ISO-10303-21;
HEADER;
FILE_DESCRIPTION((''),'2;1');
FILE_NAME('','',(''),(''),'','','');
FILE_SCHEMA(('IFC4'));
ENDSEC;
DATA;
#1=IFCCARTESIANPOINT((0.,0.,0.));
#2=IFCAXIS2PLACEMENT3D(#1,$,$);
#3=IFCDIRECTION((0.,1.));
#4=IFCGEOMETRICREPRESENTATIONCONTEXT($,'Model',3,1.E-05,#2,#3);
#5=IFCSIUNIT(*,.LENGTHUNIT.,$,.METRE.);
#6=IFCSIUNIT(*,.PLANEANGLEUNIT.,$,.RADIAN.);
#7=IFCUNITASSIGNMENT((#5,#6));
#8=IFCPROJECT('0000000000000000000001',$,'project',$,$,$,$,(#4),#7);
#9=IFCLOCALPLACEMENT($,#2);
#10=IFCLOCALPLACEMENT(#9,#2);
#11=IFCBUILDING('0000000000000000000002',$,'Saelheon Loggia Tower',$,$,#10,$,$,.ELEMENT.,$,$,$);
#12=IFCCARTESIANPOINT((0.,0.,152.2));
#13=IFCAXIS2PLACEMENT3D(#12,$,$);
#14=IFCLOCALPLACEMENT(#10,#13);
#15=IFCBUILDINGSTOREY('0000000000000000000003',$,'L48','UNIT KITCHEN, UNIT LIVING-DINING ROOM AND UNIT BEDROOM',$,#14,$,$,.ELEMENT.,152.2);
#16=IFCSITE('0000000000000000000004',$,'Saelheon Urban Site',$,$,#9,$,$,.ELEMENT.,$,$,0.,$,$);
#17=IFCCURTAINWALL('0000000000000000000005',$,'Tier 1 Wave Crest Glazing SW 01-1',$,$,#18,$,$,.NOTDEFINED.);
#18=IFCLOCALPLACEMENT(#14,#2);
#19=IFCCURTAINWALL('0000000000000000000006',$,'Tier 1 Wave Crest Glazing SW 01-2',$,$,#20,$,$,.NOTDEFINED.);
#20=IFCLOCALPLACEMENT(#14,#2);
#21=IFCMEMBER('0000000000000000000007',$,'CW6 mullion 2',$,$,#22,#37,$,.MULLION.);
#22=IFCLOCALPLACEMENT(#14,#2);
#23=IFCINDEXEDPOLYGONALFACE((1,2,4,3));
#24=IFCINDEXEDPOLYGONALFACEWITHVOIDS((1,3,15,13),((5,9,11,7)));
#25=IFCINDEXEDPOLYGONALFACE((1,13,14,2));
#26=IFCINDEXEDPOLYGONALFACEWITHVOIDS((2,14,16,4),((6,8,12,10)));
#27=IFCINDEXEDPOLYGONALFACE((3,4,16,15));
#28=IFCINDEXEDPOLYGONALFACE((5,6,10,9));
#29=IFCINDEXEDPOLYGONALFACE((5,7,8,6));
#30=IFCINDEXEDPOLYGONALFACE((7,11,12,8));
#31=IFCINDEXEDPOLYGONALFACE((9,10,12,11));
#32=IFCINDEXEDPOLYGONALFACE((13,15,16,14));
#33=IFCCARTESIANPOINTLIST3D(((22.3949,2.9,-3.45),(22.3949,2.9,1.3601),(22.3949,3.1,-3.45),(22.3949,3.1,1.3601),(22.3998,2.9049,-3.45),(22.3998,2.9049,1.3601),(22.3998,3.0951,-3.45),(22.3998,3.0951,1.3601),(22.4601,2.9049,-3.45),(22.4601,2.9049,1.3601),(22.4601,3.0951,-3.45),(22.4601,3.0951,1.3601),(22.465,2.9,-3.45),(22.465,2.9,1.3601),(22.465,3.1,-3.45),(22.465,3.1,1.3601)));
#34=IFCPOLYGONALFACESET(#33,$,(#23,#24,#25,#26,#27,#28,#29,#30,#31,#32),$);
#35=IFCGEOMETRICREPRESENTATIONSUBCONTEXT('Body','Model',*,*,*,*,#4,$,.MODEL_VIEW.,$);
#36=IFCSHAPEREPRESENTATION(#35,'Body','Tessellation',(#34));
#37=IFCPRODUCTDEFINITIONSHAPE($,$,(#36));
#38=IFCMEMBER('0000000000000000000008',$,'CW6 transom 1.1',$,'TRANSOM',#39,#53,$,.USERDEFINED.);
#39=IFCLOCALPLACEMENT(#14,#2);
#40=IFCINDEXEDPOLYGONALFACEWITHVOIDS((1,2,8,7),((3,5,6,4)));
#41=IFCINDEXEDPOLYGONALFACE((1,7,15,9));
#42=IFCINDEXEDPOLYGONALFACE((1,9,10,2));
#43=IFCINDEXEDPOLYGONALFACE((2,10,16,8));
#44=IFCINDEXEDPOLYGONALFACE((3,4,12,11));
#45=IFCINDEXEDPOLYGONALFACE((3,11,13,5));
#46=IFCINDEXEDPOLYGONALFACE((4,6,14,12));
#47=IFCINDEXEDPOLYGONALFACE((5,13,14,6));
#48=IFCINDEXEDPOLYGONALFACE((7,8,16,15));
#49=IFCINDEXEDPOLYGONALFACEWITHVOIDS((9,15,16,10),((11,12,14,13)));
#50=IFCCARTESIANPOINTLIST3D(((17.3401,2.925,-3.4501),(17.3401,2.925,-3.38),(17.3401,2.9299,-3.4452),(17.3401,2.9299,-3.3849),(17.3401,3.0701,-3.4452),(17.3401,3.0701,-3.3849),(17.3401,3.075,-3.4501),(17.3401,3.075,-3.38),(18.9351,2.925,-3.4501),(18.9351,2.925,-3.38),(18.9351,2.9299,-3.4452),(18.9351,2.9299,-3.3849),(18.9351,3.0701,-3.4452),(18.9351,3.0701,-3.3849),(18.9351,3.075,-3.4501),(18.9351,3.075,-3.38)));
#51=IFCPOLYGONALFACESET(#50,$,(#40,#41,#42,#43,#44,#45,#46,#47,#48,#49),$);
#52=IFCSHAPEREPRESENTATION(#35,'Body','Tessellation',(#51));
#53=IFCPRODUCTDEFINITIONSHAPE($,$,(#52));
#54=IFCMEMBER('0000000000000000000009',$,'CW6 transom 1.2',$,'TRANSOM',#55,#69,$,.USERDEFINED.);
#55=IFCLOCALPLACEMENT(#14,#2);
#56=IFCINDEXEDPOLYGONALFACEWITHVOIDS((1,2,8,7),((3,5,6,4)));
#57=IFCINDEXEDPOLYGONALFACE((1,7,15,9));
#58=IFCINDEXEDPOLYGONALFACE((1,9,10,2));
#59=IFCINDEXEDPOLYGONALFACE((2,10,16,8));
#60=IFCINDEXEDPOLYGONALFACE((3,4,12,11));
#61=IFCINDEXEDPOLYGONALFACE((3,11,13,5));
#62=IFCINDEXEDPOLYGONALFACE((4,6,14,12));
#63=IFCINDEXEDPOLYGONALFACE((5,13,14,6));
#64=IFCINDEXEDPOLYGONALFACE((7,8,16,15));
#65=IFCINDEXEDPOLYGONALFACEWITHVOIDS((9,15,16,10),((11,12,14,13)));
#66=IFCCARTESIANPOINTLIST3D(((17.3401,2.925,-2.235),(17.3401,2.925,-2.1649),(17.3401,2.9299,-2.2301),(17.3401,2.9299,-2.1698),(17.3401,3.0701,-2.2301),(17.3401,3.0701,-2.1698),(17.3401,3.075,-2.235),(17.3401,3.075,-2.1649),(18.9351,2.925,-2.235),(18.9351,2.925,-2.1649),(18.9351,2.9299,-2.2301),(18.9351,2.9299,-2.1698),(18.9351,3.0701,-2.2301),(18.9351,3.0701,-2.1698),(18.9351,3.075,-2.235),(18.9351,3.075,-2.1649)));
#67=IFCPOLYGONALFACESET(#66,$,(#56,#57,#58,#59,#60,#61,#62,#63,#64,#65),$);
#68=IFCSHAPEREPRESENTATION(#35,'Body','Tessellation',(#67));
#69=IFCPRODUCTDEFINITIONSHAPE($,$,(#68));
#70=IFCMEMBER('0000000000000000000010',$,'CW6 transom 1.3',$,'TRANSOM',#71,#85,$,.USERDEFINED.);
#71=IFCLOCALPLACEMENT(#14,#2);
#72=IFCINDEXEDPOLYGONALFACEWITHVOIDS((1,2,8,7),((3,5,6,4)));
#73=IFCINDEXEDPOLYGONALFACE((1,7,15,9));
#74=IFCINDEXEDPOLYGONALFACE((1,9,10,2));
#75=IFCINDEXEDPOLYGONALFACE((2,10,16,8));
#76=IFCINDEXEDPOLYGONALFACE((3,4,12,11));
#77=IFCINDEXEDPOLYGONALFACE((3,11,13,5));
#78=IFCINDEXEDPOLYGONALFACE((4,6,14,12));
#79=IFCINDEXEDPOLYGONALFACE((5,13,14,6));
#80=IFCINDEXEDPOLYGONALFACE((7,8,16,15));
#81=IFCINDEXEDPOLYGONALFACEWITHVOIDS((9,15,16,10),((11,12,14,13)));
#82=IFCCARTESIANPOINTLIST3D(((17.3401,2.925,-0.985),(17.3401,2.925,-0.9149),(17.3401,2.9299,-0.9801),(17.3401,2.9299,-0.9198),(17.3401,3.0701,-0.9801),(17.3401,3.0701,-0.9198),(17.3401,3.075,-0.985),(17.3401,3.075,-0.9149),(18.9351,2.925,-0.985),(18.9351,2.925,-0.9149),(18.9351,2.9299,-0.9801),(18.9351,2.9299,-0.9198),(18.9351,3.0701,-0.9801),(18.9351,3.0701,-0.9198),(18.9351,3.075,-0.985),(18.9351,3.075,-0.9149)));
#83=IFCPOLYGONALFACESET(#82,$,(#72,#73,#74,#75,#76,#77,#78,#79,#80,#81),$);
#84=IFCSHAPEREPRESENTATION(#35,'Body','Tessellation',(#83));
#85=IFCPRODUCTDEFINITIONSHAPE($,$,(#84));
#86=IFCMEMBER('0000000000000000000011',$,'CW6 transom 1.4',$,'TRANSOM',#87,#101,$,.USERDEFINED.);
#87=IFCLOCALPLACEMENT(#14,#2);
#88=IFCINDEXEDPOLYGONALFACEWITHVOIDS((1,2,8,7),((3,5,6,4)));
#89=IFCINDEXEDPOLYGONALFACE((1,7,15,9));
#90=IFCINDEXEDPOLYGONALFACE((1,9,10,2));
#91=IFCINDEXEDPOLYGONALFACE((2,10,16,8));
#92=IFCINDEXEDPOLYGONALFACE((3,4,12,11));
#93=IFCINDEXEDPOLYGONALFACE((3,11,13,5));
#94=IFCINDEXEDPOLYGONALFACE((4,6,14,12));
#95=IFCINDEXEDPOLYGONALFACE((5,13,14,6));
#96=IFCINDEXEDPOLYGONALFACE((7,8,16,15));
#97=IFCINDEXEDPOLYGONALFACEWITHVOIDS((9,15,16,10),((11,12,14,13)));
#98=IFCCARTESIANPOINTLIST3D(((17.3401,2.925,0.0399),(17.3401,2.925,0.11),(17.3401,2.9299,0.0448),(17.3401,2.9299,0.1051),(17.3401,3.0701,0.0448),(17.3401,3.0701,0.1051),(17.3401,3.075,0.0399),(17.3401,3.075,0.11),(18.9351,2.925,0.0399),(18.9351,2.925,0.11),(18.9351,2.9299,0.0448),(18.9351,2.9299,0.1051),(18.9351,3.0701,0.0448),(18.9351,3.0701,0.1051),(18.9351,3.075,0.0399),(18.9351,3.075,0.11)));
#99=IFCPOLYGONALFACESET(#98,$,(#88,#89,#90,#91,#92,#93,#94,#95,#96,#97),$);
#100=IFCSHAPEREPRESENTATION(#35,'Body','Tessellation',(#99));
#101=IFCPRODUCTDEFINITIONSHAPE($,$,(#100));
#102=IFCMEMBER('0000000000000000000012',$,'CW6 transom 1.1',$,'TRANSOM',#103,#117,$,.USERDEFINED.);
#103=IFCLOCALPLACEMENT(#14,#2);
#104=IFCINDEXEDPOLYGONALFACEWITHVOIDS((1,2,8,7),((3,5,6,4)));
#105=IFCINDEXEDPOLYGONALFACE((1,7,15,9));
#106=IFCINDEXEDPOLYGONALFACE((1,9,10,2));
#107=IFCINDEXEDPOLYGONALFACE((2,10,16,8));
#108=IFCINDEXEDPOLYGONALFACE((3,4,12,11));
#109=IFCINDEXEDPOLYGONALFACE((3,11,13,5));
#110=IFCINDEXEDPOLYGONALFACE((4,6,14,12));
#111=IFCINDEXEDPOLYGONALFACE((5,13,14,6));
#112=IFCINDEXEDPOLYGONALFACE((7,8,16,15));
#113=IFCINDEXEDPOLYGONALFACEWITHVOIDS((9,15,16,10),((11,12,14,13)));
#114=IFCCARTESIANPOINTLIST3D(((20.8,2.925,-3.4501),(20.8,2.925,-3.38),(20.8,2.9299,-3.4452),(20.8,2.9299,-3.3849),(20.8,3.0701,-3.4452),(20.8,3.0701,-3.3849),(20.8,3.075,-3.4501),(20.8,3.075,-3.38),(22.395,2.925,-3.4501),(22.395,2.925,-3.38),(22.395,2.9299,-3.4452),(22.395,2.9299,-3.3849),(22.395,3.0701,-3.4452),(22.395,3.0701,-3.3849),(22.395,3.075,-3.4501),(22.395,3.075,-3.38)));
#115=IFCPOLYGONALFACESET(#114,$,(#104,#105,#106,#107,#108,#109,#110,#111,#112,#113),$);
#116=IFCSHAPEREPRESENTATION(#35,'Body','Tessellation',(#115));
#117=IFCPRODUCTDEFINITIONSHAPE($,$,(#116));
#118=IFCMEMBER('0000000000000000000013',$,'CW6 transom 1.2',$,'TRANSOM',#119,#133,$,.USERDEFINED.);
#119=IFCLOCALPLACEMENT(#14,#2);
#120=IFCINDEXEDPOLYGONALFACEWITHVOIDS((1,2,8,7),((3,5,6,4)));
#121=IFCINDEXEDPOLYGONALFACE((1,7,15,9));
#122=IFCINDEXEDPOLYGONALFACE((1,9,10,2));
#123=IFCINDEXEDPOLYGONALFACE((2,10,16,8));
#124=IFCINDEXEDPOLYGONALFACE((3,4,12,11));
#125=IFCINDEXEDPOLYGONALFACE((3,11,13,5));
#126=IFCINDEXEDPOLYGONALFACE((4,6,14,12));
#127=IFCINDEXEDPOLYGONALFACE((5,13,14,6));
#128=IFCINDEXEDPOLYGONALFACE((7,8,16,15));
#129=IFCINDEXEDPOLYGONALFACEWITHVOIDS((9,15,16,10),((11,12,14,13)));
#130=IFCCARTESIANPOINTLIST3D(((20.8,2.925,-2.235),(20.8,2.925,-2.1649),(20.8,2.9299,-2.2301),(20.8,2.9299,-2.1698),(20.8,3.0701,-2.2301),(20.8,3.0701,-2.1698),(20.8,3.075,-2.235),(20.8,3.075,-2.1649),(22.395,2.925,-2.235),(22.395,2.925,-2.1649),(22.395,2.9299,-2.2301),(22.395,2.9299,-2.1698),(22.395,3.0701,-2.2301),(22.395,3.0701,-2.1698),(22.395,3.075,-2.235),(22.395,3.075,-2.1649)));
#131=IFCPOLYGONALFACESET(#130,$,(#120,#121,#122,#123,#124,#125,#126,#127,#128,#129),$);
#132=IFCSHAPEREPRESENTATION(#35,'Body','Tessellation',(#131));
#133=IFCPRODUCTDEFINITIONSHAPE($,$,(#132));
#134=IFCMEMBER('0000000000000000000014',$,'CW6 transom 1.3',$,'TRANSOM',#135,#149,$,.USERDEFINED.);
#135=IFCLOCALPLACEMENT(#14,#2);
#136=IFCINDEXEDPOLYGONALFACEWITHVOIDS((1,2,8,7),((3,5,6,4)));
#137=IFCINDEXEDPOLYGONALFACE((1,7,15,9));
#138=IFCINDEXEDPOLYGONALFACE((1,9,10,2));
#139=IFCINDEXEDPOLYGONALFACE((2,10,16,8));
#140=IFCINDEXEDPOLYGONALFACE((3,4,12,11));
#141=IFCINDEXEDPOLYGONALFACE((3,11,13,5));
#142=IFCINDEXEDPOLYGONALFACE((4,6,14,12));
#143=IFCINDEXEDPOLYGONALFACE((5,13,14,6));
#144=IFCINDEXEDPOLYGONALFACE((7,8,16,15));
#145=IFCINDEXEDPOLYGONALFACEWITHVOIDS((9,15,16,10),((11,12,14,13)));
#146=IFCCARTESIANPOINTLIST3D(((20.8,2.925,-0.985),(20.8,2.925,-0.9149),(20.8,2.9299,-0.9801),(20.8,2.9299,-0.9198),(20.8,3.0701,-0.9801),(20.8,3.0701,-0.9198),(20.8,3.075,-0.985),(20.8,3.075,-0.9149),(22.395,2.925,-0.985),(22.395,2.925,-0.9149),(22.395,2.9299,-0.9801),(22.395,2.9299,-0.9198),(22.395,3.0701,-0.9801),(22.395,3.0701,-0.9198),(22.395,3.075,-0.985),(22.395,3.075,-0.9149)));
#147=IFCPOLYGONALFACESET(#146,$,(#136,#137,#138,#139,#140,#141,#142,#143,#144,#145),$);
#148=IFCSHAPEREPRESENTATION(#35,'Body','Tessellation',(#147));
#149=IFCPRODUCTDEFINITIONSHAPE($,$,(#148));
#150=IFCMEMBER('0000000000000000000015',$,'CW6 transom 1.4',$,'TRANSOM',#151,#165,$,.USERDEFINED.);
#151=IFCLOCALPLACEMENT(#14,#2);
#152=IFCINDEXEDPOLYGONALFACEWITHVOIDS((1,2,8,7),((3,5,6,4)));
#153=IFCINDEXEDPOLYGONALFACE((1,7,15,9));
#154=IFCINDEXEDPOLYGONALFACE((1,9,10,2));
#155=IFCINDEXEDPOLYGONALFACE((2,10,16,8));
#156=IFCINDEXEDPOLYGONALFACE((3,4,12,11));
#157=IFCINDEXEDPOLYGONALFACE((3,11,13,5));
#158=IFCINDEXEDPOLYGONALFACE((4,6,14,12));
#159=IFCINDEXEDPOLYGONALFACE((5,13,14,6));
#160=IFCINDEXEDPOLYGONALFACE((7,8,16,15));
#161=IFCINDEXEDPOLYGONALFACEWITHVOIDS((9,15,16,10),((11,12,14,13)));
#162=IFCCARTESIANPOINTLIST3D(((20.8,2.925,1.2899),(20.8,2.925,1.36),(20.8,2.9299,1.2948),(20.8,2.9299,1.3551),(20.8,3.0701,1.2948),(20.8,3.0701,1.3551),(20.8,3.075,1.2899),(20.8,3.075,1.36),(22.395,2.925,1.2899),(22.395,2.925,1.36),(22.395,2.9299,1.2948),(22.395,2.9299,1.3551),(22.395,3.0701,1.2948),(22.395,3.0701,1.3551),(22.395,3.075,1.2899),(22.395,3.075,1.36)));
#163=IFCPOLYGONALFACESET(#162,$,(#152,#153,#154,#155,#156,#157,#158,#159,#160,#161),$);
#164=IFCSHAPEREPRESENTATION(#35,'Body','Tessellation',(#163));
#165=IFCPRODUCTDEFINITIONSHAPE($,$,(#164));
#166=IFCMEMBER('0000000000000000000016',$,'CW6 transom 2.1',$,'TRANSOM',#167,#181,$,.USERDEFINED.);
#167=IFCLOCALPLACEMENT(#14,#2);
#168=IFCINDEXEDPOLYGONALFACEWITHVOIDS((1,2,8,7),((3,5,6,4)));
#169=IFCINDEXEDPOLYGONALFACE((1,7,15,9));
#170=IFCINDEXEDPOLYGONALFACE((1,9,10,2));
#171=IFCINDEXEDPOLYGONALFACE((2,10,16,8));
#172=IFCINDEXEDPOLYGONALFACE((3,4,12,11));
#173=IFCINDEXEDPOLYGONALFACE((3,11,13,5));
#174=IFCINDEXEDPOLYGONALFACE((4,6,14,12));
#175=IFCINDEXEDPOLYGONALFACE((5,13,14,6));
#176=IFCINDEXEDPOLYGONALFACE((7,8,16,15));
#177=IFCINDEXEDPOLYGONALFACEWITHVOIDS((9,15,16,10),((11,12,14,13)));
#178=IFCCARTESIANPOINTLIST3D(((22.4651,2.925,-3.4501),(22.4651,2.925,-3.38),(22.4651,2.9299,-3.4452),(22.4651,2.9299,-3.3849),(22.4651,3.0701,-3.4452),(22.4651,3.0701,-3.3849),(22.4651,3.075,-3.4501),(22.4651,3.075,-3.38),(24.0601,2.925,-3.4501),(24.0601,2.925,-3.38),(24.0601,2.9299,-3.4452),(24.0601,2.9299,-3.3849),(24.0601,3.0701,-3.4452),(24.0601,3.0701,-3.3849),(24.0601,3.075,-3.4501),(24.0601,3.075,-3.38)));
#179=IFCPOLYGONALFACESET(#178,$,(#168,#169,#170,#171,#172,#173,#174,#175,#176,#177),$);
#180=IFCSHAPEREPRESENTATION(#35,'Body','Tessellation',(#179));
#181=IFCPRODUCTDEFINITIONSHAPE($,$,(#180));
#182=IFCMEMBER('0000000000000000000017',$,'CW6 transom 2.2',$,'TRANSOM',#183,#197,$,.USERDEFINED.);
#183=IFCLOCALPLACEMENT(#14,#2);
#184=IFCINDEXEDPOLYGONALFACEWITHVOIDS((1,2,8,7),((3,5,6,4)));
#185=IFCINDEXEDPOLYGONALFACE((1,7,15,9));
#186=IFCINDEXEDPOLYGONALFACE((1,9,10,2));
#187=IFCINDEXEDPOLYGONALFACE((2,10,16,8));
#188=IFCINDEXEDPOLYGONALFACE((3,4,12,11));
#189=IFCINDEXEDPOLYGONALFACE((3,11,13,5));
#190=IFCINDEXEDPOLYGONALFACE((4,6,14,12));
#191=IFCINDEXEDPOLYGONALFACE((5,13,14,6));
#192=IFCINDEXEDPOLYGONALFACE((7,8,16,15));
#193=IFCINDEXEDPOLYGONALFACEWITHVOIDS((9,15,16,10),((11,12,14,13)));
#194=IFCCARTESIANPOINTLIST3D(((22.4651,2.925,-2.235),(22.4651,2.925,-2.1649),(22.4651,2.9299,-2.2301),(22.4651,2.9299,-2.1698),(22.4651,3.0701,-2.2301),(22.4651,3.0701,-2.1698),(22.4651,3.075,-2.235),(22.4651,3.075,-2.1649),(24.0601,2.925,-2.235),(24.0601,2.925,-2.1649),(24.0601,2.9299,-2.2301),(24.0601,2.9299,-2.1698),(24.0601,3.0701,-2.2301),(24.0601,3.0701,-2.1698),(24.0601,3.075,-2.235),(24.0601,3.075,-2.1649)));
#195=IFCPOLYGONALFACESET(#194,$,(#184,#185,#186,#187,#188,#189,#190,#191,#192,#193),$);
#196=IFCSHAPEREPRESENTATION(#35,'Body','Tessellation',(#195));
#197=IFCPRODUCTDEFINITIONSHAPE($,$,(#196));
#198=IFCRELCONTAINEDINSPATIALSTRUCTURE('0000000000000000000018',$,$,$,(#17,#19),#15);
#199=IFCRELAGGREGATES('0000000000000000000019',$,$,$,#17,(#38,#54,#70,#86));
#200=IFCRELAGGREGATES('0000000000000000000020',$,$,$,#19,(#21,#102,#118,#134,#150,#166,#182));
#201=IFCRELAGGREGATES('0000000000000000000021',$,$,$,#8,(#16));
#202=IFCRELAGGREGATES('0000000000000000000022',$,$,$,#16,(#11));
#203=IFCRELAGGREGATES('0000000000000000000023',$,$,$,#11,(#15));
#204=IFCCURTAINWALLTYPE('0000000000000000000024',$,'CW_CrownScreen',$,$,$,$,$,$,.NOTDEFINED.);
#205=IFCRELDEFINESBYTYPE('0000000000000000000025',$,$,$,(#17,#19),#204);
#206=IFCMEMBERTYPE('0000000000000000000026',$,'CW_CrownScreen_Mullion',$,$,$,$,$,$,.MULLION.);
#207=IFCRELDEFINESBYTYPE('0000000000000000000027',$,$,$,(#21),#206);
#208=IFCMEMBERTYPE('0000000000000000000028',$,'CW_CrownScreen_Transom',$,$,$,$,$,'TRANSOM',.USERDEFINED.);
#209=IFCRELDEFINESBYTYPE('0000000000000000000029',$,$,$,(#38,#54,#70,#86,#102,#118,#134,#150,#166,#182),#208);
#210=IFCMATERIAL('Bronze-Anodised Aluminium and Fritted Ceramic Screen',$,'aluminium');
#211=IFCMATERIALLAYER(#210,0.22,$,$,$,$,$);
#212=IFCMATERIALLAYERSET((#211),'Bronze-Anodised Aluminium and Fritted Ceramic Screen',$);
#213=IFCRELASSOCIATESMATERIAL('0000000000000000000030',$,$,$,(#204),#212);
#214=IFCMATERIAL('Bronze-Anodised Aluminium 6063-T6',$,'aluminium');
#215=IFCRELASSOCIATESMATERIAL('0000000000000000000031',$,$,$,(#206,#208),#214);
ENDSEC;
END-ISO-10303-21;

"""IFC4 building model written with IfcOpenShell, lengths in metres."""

from ifc_helpers import new_model, si_unit, direction, frame, origin, origin_2d, place, context, subcontext, project, spatial, hollow_rectangle, extrude, source, transform, mapped, material, layer, layer_set, material_profile, profile_set, type_object, element, aggregate, save


model = new_model("IFC4")

# Units and contexts
model_context = context("Model", 3, precision=1e-05, world=origin(), true_north=direction((0.0, 1.0)))
body_context = subcontext(model_context, "Body", "Model", "MODEL_VIEW")
ifc_project = project(units=[si_unit("LENGTHUNIT", "METRE"), si_unit("PLANEANGLEUNIT", "RADIAN")], contexts=[model_context])

# Site, building, storey
site_placement = place(None, origin())
site = spatial("IfcSite", under=ifc_project, at=site_placement, Name="Saelheon Urban Site", CompositionType="ELEMENT", RefElevation=0.0)
building_placement = place(site_placement, origin())
building = spatial("IfcBuilding", under=site, at=building_placement, Name="Saelheon Loggia Tower", CompositionType="ELEMENT")
storey_placement = place(building_placement, frame((0.0, 0.0, 152.2)))
storey = spatial("IfcBuildingStorey", under=building, at=storey_placement, Name="L48", Description="UNIT KITCHEN, UNIT LIVING-DINING ROOM AND UNIT BEDROOM", CompositionType="ELEMENT", Elevation=152.2)

# Curtain walls, member
ifc_material_1 = material(Name="Bronze-Anodised Aluminium and Fritted Ceramic Screen", Category="aluminium")
ifc_layer_1 = layer(ifc_material_1, 0.22)
ifc_layer_set_1 = layer_set([ifc_layer_1], Name="Bronze-Anodised Aluminium and Fritted Ceramic Screen")
curtain_wall_type = type_object("IfcCurtainWallType", Name="CW_CrownScreen", PredefinedType="NOTDEFINED", material=ifc_layer_set_1)
curtain_wall_1_placement = place(storey_placement, origin())
curtain_wall_1 = element("IfcCurtainWall", 1, at=curtain_wall_1_placement, inside=storey, type_object=curtain_wall_type, Name="Tier 1 Wave Crest Glazing SW 01-1", PredefinedType="NOTDEFINED")
ifc_material_2 = material(Name="Bronze-Anodised Aluminium 6063-T6", Category="aluminium")
ifc_material_profile_1 = material_profile(ifc_material_2, hollow_rectangle(XDim=0.0701, YDim=0.2, WallThickness=0.0049, at=origin_2d()), Name="RHS-200x70x5")
ifc_profile_set_1 = profile_set([ifc_material_profile_1], Name="Bronze-Anodised Aluminium 6063-T6")
member_type_1 = type_object("IfcMemberType", Name="CW_CrownScreen_Mullion", PredefinedType="MULLION", material=ifc_profile_set_1)
curtain_wall_2_placement = place(storey_placement, origin())
curtain_wall_2 = element("IfcCurtainWall", 2, at=curtain_wall_2_placement, inside=storey, type_object=curtain_wall_type, Name="Tier 1 Wave Crest Glazing SW 01-2", PredefinedType="NOTDEFINED")
shared_shape_1 = source(origin(), body_context, "Body", "SweptSolid", [
    extrude(hollow_rectangle(XDim=0.0701, YDim=0.2, WallThickness=0.0049, at=origin_2d()), origin(), (0.0, 0.0, 1.0), 4.8101),
])
member_1_placement = place(storey_placement, frame((22.4299, 3.0, -3.45), z_axis=(0.0, 0.0, 1.0), x_axis=(1.0, 0.0, 0.0)))
member_1 = element("IfcMember", 3, at=member_1_placement, type_object=member_type_1, Name="CW6 mullion 2", PredefinedType="MULLION", context=body_context, shape_type="MappedRepresentation", body=[
    mapped(shared_shape_1, transform((0.0, 0.0, 0.0), scale=1.0)),
])

# Members
ifc_material_profile_2 = material_profile(ifc_material_2, hollow_rectangle(XDim=0.0701, YDim=0.1499, WallThickness=0.0049, at=origin_2d()), Name="RHS-150x70x5")
ifc_profile_set_2 = profile_set([ifc_material_profile_2], Name="Bronze-Anodised Aluminium 6063-T6")
member_type_2 = type_object("IfcMemberType", Name="CW_CrownScreen_Transom", ElementType="TRANSOM", PredefinedType="USERDEFINED", material=ifc_profile_set_2)
shared_shape_2 = source(origin(), body_context, "Body", "SweptSolid", [
    extrude(hollow_rectangle(XDim=0.0701, YDim=0.1499, WallThickness=0.0049, at=origin_2d()), origin(), (0.0, 0.0, 1.0), 1.595),
])
member_2_placement = place(storey_placement, frame((17.3401, 3.0, -3.415), z_axis=(1.0, 0.0, 0.0), x_axis=(0.0, 0.0, 1.0)))
member_2 = element("IfcMember", 4, at=member_2_placement, type_object=member_type_2, Name="CW6 transom 1.1", ObjectType="TRANSOM", PredefinedType="USERDEFINED", context=body_context, shape_type="MappedRepresentation", body=[
    mapped(shared_shape_2, transform((0.0, 0.0, 0.0), scale=1.0)),
])
member_3_placement = place(storey_placement, frame((17.3401, 3.0, -2.2), z_axis=(1.0, 0.0, 0.0), x_axis=(0.0, 0.0, 1.0)))
member_3 = element("IfcMember", 5, at=member_3_placement, type_object=member_type_2, Name="CW6 transom 1.2", ObjectType="TRANSOM", PredefinedType="USERDEFINED", context=body_context, shape_type="MappedRepresentation", body=[
    mapped(shared_shape_2, transform((0.0, 0.0, 0.0), scale=1.0)),
])
member_4_placement = place(storey_placement, frame((17.3401, 3.0, -0.95), z_axis=(1.0, 0.0, 0.0), x_axis=(0.0, 0.0, 1.0)))
member_4 = element("IfcMember", 6, at=member_4_placement, type_object=member_type_2, Name="CW6 transom 1.3", ObjectType="TRANSOM", PredefinedType="USERDEFINED", context=body_context, shape_type="MappedRepresentation", body=[
    mapped(shared_shape_2, transform((0.0, 0.0, 0.0), scale=1.0)),
])
member_5_placement = place(storey_placement, frame((17.3401, 3.0, 0.075), z_axis=(1.0, 0.0, 0.0), x_axis=(0.0, 0.0, 1.0)))
member_5 = element("IfcMember", 7, at=member_5_placement, type_object=member_type_2, Name="CW6 transom 1.4", ObjectType="TRANSOM", PredefinedType="USERDEFINED", context=body_context, shape_type="MappedRepresentation", body=[
    mapped(shared_shape_2, transform((0.0, 0.0, 0.0), scale=1.0)),
])
member_6_placement = place(storey_placement, frame((20.8, 3.0, -3.415), z_axis=(1.0, 0.0, 0.0), x_axis=(0.0, 0.0, 1.0)))
member_6 = element("IfcMember", 8, at=member_6_placement, type_object=member_type_2, Name="CW6 transom 1.1", ObjectType="TRANSOM", PredefinedType="USERDEFINED", context=body_context, shape_type="MappedRepresentation", body=[
    mapped(shared_shape_2, transform((0.0, 0.0, 0.0), scale=1.0)),
])
member_7_placement = place(storey_placement, frame((20.8, 3.0, -2.2), z_axis=(1.0, 0.0, 0.0), x_axis=(0.0, 0.0, 1.0)))
member_7 = element("IfcMember", 9, at=member_7_placement, type_object=member_type_2, Name="CW6 transom 1.2", ObjectType="TRANSOM", PredefinedType="USERDEFINED", context=body_context, shape_type="MappedRepresentation", body=[
    mapped(shared_shape_2, transform((0.0, 0.0, 0.0), scale=1.0)),
])
member_8_placement = place(storey_placement, frame((20.8, 3.0, -0.95), z_axis=(1.0, 0.0, 0.0), x_axis=(0.0, 0.0, 1.0)))
member_8 = element("IfcMember", 10, at=member_8_placement, type_object=member_type_2, Name="CW6 transom 1.3", ObjectType="TRANSOM", PredefinedType="USERDEFINED", context=body_context, shape_type="MappedRepresentation", body=[
    mapped(shared_shape_2, transform((0.0, 0.0, 0.0), scale=1.0)),
])
member_9_placement = place(storey_placement, frame((20.8, 3.0, 1.325), z_axis=(1.0, 0.0, 0.0), x_axis=(0.0, 0.0, 1.0)))
member_9 = element("IfcMember", 11, at=member_9_placement, type_object=member_type_2, Name="CW6 transom 1.4", ObjectType="TRANSOM", PredefinedType="USERDEFINED", context=body_context, shape_type="MappedRepresentation", body=[
    mapped(shared_shape_2, transform((0.0, 0.0, 0.0), scale=1.0)),
])
member_10_placement = place(storey_placement, frame((22.4651, 3.0, -3.415), z_axis=(1.0, 0.0, 0.0), x_axis=(0.0, 0.0, 1.0)))
member_10 = element("IfcMember", 12, at=member_10_placement, type_object=member_type_2, Name="CW6 transom 2.1", ObjectType="TRANSOM", PredefinedType="USERDEFINED", context=body_context, shape_type="MappedRepresentation", body=[
    mapped(shared_shape_2, transform((0.0, 0.0, 0.0), scale=1.0)),
])
member_11_placement = place(storey_placement, frame((22.4651, 3.0, -2.2), z_axis=(1.0, 0.0, 0.0), x_axis=(0.0, 0.0, 1.0)))
member_11 = element("IfcMember", 13, at=member_11_placement, type_object=member_type_2, Name="CW6 transom 2.2", ObjectType="TRANSOM", PredefinedType="USERDEFINED", context=body_context, shape_type="MappedRepresentation", body=[
    mapped(shared_shape_2, transform((0.0, 0.0, 0.0), scale=1.0)),
])

aggregate(curtain_wall_1, [member_2, member_3, member_4, member_5])
aggregate(curtain_wall_2, [member_1, member_6, member_7, member_8, member_9, member_10, member_11])

save(model, "model.ifc")
